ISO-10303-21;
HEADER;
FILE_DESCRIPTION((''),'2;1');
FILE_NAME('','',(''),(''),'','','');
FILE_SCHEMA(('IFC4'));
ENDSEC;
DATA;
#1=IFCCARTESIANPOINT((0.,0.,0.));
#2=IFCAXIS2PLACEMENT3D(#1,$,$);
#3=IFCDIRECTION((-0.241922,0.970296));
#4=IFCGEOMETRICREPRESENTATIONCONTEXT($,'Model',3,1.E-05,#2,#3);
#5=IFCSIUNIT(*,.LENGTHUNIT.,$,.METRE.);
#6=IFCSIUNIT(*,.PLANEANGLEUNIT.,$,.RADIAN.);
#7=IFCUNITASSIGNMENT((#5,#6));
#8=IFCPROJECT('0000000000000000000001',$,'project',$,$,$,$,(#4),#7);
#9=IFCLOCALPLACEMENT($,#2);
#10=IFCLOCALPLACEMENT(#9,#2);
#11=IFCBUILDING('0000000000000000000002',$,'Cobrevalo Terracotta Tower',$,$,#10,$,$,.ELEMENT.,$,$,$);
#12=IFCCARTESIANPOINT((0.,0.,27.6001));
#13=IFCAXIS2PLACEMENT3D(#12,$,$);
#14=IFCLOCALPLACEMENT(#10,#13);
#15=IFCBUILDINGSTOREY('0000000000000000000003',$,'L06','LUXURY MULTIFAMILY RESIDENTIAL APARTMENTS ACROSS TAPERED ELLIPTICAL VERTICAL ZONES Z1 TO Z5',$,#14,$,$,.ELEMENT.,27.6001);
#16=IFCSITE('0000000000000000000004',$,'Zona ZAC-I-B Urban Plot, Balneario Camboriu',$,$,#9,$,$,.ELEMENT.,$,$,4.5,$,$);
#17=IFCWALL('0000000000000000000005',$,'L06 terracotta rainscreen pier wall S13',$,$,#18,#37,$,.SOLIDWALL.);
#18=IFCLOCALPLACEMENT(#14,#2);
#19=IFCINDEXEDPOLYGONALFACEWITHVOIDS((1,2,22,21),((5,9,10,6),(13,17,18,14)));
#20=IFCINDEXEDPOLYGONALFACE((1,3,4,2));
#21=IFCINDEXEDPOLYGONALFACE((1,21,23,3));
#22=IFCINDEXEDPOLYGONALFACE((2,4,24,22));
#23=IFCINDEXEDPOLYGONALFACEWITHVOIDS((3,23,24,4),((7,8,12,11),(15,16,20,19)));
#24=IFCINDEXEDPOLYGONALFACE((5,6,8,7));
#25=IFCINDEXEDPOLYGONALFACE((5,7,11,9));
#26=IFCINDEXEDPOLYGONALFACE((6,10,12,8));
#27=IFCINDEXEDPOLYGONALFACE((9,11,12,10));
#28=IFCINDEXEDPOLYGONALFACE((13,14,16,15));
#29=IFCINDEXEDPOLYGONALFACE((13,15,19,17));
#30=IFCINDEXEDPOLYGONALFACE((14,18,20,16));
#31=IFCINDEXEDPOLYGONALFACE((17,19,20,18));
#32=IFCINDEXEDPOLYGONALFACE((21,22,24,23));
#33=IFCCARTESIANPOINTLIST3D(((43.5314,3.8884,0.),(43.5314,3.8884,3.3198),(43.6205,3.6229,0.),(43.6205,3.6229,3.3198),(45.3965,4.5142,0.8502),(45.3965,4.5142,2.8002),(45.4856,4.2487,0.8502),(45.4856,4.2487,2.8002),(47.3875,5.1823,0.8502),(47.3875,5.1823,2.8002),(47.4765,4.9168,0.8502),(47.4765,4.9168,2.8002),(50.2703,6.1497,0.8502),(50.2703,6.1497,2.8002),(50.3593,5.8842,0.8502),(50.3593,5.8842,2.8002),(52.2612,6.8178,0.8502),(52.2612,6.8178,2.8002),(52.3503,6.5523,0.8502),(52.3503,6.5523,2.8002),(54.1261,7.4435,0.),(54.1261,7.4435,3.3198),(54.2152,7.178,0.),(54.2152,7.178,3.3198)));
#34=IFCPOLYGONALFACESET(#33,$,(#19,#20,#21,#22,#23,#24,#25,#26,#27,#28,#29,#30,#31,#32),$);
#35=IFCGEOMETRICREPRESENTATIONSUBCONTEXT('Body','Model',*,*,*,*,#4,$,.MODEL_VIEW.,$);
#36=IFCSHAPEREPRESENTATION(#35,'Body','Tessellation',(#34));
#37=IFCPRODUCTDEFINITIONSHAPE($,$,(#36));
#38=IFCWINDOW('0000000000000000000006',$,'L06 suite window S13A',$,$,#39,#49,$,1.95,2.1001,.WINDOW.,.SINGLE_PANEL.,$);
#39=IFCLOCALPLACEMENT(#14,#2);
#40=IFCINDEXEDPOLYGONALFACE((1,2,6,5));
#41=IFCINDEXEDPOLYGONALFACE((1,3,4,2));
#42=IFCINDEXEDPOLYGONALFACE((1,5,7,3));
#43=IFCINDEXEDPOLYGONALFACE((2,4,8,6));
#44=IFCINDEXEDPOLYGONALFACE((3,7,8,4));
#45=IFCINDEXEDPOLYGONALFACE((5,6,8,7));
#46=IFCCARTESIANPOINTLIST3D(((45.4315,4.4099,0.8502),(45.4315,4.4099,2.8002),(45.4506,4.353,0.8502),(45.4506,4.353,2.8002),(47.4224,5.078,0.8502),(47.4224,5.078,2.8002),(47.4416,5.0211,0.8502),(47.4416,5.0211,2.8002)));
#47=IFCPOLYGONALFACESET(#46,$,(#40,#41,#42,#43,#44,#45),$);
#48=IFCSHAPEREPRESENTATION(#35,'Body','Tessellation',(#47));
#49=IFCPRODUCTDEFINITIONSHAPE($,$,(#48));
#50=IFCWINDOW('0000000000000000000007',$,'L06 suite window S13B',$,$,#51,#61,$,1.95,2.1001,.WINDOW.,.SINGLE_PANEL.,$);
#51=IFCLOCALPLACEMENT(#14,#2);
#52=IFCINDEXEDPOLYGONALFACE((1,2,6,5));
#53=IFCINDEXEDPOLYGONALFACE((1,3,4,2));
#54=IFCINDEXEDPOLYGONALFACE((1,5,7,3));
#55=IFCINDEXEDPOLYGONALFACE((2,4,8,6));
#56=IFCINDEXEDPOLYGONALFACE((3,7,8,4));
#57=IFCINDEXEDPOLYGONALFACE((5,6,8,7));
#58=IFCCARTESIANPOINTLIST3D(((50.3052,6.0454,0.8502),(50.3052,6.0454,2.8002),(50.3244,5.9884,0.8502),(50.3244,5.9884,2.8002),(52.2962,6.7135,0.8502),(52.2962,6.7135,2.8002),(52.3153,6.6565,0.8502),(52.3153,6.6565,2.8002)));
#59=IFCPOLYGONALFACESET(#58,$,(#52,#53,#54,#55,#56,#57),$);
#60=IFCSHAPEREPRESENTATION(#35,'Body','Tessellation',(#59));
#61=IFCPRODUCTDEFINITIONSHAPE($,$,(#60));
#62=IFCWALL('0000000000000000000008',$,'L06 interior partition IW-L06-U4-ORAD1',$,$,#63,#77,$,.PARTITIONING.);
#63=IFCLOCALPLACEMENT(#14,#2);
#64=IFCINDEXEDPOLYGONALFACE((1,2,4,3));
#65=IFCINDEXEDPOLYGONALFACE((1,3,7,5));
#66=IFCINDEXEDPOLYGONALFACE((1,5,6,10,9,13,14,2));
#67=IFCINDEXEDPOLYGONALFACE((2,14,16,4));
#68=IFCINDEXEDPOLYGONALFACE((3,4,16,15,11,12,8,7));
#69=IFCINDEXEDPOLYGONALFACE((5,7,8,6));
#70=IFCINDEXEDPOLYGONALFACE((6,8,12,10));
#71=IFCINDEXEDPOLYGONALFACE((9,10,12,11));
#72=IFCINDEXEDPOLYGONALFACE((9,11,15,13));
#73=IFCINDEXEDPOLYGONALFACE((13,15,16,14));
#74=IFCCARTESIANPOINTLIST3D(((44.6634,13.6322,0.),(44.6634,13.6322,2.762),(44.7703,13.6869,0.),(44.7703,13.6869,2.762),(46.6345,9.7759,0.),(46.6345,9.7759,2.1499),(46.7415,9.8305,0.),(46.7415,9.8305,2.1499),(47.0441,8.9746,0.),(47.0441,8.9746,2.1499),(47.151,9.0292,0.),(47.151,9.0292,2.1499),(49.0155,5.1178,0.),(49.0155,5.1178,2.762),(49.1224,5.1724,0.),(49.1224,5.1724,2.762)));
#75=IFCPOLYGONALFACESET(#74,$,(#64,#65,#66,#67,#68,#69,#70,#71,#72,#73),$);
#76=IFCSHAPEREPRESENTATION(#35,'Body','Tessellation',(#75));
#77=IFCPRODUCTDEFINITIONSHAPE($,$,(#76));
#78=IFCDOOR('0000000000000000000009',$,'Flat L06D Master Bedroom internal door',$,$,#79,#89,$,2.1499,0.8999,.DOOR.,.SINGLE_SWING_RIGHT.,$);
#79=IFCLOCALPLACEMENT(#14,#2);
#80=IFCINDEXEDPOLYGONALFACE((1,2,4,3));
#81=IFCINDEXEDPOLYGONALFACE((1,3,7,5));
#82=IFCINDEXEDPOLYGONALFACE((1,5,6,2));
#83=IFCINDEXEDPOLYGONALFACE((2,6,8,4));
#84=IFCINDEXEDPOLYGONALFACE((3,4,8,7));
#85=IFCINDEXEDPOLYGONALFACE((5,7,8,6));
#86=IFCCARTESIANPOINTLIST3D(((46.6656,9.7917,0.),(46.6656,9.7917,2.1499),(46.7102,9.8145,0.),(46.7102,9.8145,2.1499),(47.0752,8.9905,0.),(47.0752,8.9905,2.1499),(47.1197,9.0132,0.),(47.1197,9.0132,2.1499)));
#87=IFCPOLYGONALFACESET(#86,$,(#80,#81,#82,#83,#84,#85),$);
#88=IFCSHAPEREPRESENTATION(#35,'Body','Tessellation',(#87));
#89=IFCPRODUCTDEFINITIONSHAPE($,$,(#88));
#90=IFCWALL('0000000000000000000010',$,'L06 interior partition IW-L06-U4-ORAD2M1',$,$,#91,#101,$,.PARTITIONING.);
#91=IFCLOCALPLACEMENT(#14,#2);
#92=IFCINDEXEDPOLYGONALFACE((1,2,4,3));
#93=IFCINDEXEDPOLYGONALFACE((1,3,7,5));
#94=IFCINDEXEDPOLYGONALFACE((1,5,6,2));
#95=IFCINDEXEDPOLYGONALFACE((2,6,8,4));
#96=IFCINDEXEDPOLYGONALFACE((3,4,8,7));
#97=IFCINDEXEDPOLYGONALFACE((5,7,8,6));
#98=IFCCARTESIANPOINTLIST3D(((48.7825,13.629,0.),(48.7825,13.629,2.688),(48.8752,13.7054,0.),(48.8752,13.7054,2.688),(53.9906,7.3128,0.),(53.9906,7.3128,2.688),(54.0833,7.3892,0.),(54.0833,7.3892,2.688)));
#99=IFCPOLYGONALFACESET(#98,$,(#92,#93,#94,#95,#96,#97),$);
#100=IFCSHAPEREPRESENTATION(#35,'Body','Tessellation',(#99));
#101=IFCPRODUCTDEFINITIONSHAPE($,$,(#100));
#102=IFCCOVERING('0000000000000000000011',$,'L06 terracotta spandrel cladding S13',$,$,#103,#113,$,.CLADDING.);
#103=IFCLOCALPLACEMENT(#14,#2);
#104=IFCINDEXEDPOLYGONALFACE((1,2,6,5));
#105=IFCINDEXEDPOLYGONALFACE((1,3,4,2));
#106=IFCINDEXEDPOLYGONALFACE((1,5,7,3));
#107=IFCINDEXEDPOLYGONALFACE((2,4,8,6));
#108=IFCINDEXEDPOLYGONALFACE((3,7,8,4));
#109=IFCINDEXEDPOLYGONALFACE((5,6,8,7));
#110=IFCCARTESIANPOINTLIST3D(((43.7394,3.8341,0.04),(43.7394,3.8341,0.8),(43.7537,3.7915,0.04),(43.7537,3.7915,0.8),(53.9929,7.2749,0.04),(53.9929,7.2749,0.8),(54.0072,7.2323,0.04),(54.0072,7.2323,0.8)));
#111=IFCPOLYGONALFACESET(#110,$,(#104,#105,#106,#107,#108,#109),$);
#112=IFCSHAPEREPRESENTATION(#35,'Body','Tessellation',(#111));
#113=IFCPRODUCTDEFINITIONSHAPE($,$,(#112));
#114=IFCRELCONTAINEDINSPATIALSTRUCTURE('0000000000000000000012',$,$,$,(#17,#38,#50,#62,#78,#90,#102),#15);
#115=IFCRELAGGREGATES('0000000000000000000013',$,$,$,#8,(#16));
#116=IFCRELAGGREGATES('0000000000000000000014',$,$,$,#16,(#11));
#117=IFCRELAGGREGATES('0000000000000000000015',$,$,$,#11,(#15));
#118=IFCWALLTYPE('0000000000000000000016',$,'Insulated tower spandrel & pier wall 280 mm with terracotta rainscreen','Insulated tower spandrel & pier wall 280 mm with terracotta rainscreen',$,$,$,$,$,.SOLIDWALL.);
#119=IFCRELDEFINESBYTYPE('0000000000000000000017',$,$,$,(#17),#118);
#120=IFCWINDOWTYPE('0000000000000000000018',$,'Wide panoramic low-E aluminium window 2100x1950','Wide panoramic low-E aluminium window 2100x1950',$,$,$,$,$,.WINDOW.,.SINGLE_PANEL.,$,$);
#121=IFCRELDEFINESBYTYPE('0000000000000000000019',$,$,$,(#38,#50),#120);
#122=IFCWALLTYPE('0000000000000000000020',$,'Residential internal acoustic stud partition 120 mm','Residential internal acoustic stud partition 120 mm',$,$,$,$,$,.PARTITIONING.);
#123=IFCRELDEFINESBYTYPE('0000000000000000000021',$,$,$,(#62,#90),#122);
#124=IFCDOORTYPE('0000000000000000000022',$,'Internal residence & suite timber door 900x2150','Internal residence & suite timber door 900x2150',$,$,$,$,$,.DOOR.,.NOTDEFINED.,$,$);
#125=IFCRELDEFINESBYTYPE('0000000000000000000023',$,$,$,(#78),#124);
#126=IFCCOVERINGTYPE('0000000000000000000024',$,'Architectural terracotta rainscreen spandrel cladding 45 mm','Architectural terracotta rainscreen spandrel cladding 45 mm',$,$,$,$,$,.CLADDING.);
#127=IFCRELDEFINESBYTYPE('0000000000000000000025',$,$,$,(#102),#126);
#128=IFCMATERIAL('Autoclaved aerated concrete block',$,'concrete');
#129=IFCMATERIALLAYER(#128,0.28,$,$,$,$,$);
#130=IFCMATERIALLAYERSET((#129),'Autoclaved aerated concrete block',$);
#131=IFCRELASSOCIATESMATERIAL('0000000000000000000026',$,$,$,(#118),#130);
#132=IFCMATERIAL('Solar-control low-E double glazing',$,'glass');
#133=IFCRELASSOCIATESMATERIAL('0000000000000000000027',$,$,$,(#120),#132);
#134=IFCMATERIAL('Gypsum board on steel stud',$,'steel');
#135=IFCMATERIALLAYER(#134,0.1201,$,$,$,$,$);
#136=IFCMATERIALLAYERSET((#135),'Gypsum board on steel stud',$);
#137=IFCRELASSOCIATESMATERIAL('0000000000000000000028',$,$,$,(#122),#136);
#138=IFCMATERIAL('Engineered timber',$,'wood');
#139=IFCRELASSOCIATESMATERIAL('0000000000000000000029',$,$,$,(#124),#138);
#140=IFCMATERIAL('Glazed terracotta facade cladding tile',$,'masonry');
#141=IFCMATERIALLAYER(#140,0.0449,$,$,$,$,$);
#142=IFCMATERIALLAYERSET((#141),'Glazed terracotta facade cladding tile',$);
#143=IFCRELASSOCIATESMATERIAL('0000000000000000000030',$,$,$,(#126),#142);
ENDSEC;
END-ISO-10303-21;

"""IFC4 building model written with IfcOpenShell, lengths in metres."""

from ifc_helpers import new_model, si_unit, direction, frame, frame_2d, origin, origin_2d, place, context, subcontext, project, spatial, rectangle, extrude, source, transform, mapped, material, layer, layer_set, type_object, element, fill, save


model = new_model("IFC4")

# Units and contexts
model_context = context("Model", 3, precision=1e-05, world=origin(), true_north=direction((-0.241922, 0.970296)))
body_context = subcontext(model_context, "Body", "Model", "MODEL_VIEW")
ifc_project = project(units=[si_unit("LENGTHUNIT", "METRE"), si_unit("PLANEANGLEUNIT", "RADIAN")], contexts=[model_context])

# Site, building, storey
site_placement = place(None, origin())
site = spatial("IfcSite", under=ifc_project, at=site_placement, Name="Zona ZAC-I-B Urban Plot, Balneario Camboriu", CompositionType="ELEMENT", RefElevation=4.5)
building_placement = place(site_placement, origin())
building = spatial("IfcBuilding", under=site, at=building_placement, Name="Cobrevalo Terracotta Tower", CompositionType="ELEMENT")
storey_placement = place(building_placement, frame((0.0, 0.0, 27.6001)))
storey = spatial("IfcBuildingStorey", under=building, at=storey_placement, Name="L06", Description="LUXURY MULTIFAMILY RESIDENTIAL APARTMENTS ACROSS TAPERED ELLIPTICAL VERTICAL ZONES Z1 TO Z5", CompositionType="ELEMENT", Elevation=27.6001)

# Shared definitions
ifc_material_1 = material(Name="Solar-control low-E double glazing", Category="glass")

# Shared definitions
ifc_material_2 = material(Name="Gypsum board on steel stud", Category="steel")

# Shared definitions
ifc_material_3 = material(Name="Autoclaved aerated concrete block", Category="concrete")

# Wall, openings, windows
ifc_layer_1 = layer(ifc_material_3, 0.28)
ifc_layer_set_1 = layer_set([ifc_layer_1], Name="Autoclaved aerated concrete block")
wall_type_1 = type_object("IfcWallType", Name="Insulated tower spandrel & pier wall 280 mm with terracotta rainscreen", Description="Insulated tower spandrel & pier wall 280 mm with terracotta rainscreen", PredefinedType="SOLIDWALL", material=ifc_layer_set_1)
wall_1_placement = place(storey_placement, frame((43.5759, 3.7556, 0.0), z_axis=(0.0, 0.0, 1.0), x_axis=(0.948048, 0.318128, 0.0)))
wall_1 = element("IfcWall", 1, at=wall_1_placement, inside=storey, type_object=wall_type_1, Name="L06 terracotta rainscreen pier wall S13", PredefinedType="SOLIDWALL", context=body_context, shape_type="SweptSolid", body=[
    extrude(rectangle(XDim=11.1753, YDim=0.28, at=frame_2d((5.5876, 0.0))), origin(), (0.0, 0.0, 1.0), 3.3198),
])
opening_1_placement = place(wall_1_placement, frame((1.9673, 0.0, 0.8501)))
opening_1 = element("IfcOpeningElement", 2, at=opening_1_placement, cuts=wall_1, PredefinedType="OPENING", context=body_context, shape_type="SweptSolid", body=[
    extrude(rectangle(XDim=2.1001, YDim=1.95, at=frame_2d((1.05, 0.9751))), frame((0.0, 0.1499, 0.0), z_axis=(0.0, -1.0, 0.0), x_axis=(1.0, 0.0, 0.0)), (0.0, 0.0, 1.0), 0.3),
])
opening_2_placement = place(wall_1_placement, frame((7.1082, 0.0, 0.8501)))
opening_2 = element("IfcOpeningElement", 3, at=opening_2_placement, cuts=wall_1, PredefinedType="OPENING", context=body_context, shape_type="SweptSolid", body=[
    extrude(rectangle(XDim=2.1001, YDim=1.95, at=frame_2d((1.05, 0.9751))), frame((0.0, 0.1499, 0.0), z_axis=(0.0, -1.0, 0.0), x_axis=(1.0, 0.0, 0.0)), (0.0, 0.0, 1.0), 0.3),
])
window_type = type_object("IfcWindowType", Name="Wide panoramic low-E aluminium window 2100x1950", Description="Wide panoramic low-E aluminium window 2100x1950", PartitioningType="SINGLE_PANEL", PredefinedType="WINDOW", material=ifc_material_1)
shared_shape_1 = source(origin(), body_context, "Body", "SweptSolid", [
    extrude(rectangle(XDim=2.1001, YDim=1.95, at=frame_2d((1.05, 0.9751))), frame((0.0, 0.03, 0.0), z_axis=(0.0, -1.0, 0.0), x_axis=(1.0, 0.0, 0.0)), (0.0, 0.0, 1.0), 0.0601),
])
window_1_placement = place(opening_1_placement, origin())
window_1 = element("IfcWindow", 4, at=window_1_placement, inside=storey, type_object=window_type, Name="L06 suite window S13A", OverallHeight=1.95, OverallWidth=2.1001, PartitioningType="SINGLE_PANEL", PredefinedType="WINDOW", context=body_context, shape_type="MappedRepresentation", body=[
    mapped(shared_shape_1, transform((0.0, 0.0, 0.0), scale=1.0)),
])
fill(opening_1, window_1)
window_2_placement = place(opening_2_placement, origin())
window_2 = element("IfcWindow", 5, at=window_2_placement, inside=storey, type_object=window_type, Name="L06 suite window S13B", OverallHeight=1.95, OverallWidth=2.1001, PartitioningType="SINGLE_PANEL", PredefinedType="WINDOW", context=body_context, shape_type="MappedRepresentation", body=[
    mapped(shared_shape_1, transform((0.0, 0.0, 0.0), scale=1.0)),
])
fill(opening_2, window_2)

# Wall, opening, door
ifc_layer_2 = layer(ifc_material_2, 0.1201)
ifc_layer_set_2 = layer_set([ifc_layer_2], Name="Gypsum board on steel stud")
wall_type_2 = type_object("IfcWallType", Name="Residential internal acoustic stud partition 120 mm", Description="Residential internal acoustic stud partition 120 mm", PredefinedType="PARTITIONING", material=ifc_layer_set_2)
wall_2_placement = place(storey_placement, frame((44.7168, 13.6597, 0.0), z_axis=(0.0, 0.0, 1.0), x_axis=(0.455131, -0.890424, 0.0)))
wall_2 = element("IfcWall", 6, at=wall_2_placement, inside=storey, type_object=wall_type_2, Name="L06 interior partition IW-L06-U4-ORAD1", PredefinedType="PARTITIONING", context=body_context, shape_type="SweptSolid", body=[
    extrude(rectangle(XDim=9.5623, YDim=0.1201, at=frame_2d((4.7812, 0.0))), origin(), (0.0, 0.0, 1.0), 2.762),
])
opening_3_placement = place(wall_2_placement, frame((4.3311, 0.0, 0.0)))
opening_3 = element("IfcOpeningElement", 7, at=opening_3_placement, cuts=wall_2, PredefinedType="OPENING", context=body_context, shape_type="SweptSolid", body=[
    extrude(rectangle(XDim=0.8999, YDim=2.1499, at=frame_2d((0.45, 1.075))), frame((0.0, 0.0701, 0.0), z_axis=(0.0, -1.0, 0.0), x_axis=(1.0, 0.0, 0.0)), (0.0, 0.0, 1.0), 0.1401),
])
ifc_material_4 = material(Name="Engineered timber", Category="wood")
door_type_1 = type_object("IfcDoorType", Name="Internal residence & suite timber door 900x2150", Description="Internal residence & suite timber door 900x2150", OperationType="NOTDEFINED", PredefinedType="DOOR", material=ifc_material_4)
shared_shape_2 = source(origin(), body_context, "Body", "SweptSolid", [
    extrude(rectangle(XDim=0.8999, YDim=2.1499, at=frame_2d((0.45, 1.075))), frame((0.0, 0.0249, 0.0), z_axis=(0.0, -1.0, 0.0), x_axis=(1.0, 0.0, 0.0)), (0.0, 0.0, 1.0), 0.05),
])
door_1_placement = place(opening_3_placement, origin())
door_1 = element("IfcDoor", 8, at=door_1_placement, inside=storey, type_object=door_type_1, Name="Flat L06D Master Bedroom internal door", OperationType="SINGLE_SWING_RIGHT", OverallHeight=2.1499, OverallWidth=0.8999, PredefinedType="DOOR", context=body_context, shape_type="MappedRepresentation", body=[
    mapped(shared_shape_2, transform((0.0, 0.0, 0.0), scale=1.0)),
])
fill(opening_3, door_1)

# Wall
wall_3_placement = place(storey_placement, frame((48.8289, 13.6672, 0.0), z_axis=(0.0, 0.0, 1.0), x_axis=(0.636178, -0.771543, 0.0)))
element("IfcWall", 9, at=wall_3_placement, inside=storey, type_object=wall_type_2, Name="L06 interior partition IW-L06-U4-ORAD2M1", PredefinedType="PARTITIONING", context=body_context, shape_type="SweptSolid", body=[
    extrude(rectangle(XDim=8.1865, YDim=0.1201, at=frame_2d((4.0933, 0.0))), origin(), (0.0, 0.0, 1.0), 2.688),
])

# Covering
ifc_material_5 = material(Name="Glazed terracotta facade cladding tile", Category="masonry")
ifc_layer_3 = layer(ifc_material_5, 0.0449)
ifc_layer_set_3 = layer_set([ifc_layer_3], Name="Glazed terracotta facade cladding tile")
covering_type = type_object("IfcCoveringType", Name="Architectural terracotta rainscreen spandrel cladding 45 mm", Description="Architectural terracotta rainscreen spandrel cladding 45 mm", PredefinedType="CLADDING", material=ifc_layer_set_3)
shared_shape_3 = source(origin(), body_context, "Body", "SweptSolid", [
    extrude(rectangle(XDim=10.8154, YDim=0.0449, at=origin_2d()), origin(), (0.0, 0.0, 1.0), 0.76),
])
covering_placement = place(storey_placement, frame((48.8733, 5.5332, 0.04), z_axis=(0.0, 0.0, 1.0), x_axis=(0.948044, 0.318139, 0.0)))
element("IfcCovering", 10, at=covering_placement, inside=storey, type_object=covering_type, Name="L06 terracotta spandrel cladding S13", PredefinedType="CLADDING", context=body_context, shape_type="MappedRepresentation", body=[
    mapped(shared_shape_3, transform((0.0, 0.0, 0.0), scale=1.0)),
])

save(model, "model.ifc")
